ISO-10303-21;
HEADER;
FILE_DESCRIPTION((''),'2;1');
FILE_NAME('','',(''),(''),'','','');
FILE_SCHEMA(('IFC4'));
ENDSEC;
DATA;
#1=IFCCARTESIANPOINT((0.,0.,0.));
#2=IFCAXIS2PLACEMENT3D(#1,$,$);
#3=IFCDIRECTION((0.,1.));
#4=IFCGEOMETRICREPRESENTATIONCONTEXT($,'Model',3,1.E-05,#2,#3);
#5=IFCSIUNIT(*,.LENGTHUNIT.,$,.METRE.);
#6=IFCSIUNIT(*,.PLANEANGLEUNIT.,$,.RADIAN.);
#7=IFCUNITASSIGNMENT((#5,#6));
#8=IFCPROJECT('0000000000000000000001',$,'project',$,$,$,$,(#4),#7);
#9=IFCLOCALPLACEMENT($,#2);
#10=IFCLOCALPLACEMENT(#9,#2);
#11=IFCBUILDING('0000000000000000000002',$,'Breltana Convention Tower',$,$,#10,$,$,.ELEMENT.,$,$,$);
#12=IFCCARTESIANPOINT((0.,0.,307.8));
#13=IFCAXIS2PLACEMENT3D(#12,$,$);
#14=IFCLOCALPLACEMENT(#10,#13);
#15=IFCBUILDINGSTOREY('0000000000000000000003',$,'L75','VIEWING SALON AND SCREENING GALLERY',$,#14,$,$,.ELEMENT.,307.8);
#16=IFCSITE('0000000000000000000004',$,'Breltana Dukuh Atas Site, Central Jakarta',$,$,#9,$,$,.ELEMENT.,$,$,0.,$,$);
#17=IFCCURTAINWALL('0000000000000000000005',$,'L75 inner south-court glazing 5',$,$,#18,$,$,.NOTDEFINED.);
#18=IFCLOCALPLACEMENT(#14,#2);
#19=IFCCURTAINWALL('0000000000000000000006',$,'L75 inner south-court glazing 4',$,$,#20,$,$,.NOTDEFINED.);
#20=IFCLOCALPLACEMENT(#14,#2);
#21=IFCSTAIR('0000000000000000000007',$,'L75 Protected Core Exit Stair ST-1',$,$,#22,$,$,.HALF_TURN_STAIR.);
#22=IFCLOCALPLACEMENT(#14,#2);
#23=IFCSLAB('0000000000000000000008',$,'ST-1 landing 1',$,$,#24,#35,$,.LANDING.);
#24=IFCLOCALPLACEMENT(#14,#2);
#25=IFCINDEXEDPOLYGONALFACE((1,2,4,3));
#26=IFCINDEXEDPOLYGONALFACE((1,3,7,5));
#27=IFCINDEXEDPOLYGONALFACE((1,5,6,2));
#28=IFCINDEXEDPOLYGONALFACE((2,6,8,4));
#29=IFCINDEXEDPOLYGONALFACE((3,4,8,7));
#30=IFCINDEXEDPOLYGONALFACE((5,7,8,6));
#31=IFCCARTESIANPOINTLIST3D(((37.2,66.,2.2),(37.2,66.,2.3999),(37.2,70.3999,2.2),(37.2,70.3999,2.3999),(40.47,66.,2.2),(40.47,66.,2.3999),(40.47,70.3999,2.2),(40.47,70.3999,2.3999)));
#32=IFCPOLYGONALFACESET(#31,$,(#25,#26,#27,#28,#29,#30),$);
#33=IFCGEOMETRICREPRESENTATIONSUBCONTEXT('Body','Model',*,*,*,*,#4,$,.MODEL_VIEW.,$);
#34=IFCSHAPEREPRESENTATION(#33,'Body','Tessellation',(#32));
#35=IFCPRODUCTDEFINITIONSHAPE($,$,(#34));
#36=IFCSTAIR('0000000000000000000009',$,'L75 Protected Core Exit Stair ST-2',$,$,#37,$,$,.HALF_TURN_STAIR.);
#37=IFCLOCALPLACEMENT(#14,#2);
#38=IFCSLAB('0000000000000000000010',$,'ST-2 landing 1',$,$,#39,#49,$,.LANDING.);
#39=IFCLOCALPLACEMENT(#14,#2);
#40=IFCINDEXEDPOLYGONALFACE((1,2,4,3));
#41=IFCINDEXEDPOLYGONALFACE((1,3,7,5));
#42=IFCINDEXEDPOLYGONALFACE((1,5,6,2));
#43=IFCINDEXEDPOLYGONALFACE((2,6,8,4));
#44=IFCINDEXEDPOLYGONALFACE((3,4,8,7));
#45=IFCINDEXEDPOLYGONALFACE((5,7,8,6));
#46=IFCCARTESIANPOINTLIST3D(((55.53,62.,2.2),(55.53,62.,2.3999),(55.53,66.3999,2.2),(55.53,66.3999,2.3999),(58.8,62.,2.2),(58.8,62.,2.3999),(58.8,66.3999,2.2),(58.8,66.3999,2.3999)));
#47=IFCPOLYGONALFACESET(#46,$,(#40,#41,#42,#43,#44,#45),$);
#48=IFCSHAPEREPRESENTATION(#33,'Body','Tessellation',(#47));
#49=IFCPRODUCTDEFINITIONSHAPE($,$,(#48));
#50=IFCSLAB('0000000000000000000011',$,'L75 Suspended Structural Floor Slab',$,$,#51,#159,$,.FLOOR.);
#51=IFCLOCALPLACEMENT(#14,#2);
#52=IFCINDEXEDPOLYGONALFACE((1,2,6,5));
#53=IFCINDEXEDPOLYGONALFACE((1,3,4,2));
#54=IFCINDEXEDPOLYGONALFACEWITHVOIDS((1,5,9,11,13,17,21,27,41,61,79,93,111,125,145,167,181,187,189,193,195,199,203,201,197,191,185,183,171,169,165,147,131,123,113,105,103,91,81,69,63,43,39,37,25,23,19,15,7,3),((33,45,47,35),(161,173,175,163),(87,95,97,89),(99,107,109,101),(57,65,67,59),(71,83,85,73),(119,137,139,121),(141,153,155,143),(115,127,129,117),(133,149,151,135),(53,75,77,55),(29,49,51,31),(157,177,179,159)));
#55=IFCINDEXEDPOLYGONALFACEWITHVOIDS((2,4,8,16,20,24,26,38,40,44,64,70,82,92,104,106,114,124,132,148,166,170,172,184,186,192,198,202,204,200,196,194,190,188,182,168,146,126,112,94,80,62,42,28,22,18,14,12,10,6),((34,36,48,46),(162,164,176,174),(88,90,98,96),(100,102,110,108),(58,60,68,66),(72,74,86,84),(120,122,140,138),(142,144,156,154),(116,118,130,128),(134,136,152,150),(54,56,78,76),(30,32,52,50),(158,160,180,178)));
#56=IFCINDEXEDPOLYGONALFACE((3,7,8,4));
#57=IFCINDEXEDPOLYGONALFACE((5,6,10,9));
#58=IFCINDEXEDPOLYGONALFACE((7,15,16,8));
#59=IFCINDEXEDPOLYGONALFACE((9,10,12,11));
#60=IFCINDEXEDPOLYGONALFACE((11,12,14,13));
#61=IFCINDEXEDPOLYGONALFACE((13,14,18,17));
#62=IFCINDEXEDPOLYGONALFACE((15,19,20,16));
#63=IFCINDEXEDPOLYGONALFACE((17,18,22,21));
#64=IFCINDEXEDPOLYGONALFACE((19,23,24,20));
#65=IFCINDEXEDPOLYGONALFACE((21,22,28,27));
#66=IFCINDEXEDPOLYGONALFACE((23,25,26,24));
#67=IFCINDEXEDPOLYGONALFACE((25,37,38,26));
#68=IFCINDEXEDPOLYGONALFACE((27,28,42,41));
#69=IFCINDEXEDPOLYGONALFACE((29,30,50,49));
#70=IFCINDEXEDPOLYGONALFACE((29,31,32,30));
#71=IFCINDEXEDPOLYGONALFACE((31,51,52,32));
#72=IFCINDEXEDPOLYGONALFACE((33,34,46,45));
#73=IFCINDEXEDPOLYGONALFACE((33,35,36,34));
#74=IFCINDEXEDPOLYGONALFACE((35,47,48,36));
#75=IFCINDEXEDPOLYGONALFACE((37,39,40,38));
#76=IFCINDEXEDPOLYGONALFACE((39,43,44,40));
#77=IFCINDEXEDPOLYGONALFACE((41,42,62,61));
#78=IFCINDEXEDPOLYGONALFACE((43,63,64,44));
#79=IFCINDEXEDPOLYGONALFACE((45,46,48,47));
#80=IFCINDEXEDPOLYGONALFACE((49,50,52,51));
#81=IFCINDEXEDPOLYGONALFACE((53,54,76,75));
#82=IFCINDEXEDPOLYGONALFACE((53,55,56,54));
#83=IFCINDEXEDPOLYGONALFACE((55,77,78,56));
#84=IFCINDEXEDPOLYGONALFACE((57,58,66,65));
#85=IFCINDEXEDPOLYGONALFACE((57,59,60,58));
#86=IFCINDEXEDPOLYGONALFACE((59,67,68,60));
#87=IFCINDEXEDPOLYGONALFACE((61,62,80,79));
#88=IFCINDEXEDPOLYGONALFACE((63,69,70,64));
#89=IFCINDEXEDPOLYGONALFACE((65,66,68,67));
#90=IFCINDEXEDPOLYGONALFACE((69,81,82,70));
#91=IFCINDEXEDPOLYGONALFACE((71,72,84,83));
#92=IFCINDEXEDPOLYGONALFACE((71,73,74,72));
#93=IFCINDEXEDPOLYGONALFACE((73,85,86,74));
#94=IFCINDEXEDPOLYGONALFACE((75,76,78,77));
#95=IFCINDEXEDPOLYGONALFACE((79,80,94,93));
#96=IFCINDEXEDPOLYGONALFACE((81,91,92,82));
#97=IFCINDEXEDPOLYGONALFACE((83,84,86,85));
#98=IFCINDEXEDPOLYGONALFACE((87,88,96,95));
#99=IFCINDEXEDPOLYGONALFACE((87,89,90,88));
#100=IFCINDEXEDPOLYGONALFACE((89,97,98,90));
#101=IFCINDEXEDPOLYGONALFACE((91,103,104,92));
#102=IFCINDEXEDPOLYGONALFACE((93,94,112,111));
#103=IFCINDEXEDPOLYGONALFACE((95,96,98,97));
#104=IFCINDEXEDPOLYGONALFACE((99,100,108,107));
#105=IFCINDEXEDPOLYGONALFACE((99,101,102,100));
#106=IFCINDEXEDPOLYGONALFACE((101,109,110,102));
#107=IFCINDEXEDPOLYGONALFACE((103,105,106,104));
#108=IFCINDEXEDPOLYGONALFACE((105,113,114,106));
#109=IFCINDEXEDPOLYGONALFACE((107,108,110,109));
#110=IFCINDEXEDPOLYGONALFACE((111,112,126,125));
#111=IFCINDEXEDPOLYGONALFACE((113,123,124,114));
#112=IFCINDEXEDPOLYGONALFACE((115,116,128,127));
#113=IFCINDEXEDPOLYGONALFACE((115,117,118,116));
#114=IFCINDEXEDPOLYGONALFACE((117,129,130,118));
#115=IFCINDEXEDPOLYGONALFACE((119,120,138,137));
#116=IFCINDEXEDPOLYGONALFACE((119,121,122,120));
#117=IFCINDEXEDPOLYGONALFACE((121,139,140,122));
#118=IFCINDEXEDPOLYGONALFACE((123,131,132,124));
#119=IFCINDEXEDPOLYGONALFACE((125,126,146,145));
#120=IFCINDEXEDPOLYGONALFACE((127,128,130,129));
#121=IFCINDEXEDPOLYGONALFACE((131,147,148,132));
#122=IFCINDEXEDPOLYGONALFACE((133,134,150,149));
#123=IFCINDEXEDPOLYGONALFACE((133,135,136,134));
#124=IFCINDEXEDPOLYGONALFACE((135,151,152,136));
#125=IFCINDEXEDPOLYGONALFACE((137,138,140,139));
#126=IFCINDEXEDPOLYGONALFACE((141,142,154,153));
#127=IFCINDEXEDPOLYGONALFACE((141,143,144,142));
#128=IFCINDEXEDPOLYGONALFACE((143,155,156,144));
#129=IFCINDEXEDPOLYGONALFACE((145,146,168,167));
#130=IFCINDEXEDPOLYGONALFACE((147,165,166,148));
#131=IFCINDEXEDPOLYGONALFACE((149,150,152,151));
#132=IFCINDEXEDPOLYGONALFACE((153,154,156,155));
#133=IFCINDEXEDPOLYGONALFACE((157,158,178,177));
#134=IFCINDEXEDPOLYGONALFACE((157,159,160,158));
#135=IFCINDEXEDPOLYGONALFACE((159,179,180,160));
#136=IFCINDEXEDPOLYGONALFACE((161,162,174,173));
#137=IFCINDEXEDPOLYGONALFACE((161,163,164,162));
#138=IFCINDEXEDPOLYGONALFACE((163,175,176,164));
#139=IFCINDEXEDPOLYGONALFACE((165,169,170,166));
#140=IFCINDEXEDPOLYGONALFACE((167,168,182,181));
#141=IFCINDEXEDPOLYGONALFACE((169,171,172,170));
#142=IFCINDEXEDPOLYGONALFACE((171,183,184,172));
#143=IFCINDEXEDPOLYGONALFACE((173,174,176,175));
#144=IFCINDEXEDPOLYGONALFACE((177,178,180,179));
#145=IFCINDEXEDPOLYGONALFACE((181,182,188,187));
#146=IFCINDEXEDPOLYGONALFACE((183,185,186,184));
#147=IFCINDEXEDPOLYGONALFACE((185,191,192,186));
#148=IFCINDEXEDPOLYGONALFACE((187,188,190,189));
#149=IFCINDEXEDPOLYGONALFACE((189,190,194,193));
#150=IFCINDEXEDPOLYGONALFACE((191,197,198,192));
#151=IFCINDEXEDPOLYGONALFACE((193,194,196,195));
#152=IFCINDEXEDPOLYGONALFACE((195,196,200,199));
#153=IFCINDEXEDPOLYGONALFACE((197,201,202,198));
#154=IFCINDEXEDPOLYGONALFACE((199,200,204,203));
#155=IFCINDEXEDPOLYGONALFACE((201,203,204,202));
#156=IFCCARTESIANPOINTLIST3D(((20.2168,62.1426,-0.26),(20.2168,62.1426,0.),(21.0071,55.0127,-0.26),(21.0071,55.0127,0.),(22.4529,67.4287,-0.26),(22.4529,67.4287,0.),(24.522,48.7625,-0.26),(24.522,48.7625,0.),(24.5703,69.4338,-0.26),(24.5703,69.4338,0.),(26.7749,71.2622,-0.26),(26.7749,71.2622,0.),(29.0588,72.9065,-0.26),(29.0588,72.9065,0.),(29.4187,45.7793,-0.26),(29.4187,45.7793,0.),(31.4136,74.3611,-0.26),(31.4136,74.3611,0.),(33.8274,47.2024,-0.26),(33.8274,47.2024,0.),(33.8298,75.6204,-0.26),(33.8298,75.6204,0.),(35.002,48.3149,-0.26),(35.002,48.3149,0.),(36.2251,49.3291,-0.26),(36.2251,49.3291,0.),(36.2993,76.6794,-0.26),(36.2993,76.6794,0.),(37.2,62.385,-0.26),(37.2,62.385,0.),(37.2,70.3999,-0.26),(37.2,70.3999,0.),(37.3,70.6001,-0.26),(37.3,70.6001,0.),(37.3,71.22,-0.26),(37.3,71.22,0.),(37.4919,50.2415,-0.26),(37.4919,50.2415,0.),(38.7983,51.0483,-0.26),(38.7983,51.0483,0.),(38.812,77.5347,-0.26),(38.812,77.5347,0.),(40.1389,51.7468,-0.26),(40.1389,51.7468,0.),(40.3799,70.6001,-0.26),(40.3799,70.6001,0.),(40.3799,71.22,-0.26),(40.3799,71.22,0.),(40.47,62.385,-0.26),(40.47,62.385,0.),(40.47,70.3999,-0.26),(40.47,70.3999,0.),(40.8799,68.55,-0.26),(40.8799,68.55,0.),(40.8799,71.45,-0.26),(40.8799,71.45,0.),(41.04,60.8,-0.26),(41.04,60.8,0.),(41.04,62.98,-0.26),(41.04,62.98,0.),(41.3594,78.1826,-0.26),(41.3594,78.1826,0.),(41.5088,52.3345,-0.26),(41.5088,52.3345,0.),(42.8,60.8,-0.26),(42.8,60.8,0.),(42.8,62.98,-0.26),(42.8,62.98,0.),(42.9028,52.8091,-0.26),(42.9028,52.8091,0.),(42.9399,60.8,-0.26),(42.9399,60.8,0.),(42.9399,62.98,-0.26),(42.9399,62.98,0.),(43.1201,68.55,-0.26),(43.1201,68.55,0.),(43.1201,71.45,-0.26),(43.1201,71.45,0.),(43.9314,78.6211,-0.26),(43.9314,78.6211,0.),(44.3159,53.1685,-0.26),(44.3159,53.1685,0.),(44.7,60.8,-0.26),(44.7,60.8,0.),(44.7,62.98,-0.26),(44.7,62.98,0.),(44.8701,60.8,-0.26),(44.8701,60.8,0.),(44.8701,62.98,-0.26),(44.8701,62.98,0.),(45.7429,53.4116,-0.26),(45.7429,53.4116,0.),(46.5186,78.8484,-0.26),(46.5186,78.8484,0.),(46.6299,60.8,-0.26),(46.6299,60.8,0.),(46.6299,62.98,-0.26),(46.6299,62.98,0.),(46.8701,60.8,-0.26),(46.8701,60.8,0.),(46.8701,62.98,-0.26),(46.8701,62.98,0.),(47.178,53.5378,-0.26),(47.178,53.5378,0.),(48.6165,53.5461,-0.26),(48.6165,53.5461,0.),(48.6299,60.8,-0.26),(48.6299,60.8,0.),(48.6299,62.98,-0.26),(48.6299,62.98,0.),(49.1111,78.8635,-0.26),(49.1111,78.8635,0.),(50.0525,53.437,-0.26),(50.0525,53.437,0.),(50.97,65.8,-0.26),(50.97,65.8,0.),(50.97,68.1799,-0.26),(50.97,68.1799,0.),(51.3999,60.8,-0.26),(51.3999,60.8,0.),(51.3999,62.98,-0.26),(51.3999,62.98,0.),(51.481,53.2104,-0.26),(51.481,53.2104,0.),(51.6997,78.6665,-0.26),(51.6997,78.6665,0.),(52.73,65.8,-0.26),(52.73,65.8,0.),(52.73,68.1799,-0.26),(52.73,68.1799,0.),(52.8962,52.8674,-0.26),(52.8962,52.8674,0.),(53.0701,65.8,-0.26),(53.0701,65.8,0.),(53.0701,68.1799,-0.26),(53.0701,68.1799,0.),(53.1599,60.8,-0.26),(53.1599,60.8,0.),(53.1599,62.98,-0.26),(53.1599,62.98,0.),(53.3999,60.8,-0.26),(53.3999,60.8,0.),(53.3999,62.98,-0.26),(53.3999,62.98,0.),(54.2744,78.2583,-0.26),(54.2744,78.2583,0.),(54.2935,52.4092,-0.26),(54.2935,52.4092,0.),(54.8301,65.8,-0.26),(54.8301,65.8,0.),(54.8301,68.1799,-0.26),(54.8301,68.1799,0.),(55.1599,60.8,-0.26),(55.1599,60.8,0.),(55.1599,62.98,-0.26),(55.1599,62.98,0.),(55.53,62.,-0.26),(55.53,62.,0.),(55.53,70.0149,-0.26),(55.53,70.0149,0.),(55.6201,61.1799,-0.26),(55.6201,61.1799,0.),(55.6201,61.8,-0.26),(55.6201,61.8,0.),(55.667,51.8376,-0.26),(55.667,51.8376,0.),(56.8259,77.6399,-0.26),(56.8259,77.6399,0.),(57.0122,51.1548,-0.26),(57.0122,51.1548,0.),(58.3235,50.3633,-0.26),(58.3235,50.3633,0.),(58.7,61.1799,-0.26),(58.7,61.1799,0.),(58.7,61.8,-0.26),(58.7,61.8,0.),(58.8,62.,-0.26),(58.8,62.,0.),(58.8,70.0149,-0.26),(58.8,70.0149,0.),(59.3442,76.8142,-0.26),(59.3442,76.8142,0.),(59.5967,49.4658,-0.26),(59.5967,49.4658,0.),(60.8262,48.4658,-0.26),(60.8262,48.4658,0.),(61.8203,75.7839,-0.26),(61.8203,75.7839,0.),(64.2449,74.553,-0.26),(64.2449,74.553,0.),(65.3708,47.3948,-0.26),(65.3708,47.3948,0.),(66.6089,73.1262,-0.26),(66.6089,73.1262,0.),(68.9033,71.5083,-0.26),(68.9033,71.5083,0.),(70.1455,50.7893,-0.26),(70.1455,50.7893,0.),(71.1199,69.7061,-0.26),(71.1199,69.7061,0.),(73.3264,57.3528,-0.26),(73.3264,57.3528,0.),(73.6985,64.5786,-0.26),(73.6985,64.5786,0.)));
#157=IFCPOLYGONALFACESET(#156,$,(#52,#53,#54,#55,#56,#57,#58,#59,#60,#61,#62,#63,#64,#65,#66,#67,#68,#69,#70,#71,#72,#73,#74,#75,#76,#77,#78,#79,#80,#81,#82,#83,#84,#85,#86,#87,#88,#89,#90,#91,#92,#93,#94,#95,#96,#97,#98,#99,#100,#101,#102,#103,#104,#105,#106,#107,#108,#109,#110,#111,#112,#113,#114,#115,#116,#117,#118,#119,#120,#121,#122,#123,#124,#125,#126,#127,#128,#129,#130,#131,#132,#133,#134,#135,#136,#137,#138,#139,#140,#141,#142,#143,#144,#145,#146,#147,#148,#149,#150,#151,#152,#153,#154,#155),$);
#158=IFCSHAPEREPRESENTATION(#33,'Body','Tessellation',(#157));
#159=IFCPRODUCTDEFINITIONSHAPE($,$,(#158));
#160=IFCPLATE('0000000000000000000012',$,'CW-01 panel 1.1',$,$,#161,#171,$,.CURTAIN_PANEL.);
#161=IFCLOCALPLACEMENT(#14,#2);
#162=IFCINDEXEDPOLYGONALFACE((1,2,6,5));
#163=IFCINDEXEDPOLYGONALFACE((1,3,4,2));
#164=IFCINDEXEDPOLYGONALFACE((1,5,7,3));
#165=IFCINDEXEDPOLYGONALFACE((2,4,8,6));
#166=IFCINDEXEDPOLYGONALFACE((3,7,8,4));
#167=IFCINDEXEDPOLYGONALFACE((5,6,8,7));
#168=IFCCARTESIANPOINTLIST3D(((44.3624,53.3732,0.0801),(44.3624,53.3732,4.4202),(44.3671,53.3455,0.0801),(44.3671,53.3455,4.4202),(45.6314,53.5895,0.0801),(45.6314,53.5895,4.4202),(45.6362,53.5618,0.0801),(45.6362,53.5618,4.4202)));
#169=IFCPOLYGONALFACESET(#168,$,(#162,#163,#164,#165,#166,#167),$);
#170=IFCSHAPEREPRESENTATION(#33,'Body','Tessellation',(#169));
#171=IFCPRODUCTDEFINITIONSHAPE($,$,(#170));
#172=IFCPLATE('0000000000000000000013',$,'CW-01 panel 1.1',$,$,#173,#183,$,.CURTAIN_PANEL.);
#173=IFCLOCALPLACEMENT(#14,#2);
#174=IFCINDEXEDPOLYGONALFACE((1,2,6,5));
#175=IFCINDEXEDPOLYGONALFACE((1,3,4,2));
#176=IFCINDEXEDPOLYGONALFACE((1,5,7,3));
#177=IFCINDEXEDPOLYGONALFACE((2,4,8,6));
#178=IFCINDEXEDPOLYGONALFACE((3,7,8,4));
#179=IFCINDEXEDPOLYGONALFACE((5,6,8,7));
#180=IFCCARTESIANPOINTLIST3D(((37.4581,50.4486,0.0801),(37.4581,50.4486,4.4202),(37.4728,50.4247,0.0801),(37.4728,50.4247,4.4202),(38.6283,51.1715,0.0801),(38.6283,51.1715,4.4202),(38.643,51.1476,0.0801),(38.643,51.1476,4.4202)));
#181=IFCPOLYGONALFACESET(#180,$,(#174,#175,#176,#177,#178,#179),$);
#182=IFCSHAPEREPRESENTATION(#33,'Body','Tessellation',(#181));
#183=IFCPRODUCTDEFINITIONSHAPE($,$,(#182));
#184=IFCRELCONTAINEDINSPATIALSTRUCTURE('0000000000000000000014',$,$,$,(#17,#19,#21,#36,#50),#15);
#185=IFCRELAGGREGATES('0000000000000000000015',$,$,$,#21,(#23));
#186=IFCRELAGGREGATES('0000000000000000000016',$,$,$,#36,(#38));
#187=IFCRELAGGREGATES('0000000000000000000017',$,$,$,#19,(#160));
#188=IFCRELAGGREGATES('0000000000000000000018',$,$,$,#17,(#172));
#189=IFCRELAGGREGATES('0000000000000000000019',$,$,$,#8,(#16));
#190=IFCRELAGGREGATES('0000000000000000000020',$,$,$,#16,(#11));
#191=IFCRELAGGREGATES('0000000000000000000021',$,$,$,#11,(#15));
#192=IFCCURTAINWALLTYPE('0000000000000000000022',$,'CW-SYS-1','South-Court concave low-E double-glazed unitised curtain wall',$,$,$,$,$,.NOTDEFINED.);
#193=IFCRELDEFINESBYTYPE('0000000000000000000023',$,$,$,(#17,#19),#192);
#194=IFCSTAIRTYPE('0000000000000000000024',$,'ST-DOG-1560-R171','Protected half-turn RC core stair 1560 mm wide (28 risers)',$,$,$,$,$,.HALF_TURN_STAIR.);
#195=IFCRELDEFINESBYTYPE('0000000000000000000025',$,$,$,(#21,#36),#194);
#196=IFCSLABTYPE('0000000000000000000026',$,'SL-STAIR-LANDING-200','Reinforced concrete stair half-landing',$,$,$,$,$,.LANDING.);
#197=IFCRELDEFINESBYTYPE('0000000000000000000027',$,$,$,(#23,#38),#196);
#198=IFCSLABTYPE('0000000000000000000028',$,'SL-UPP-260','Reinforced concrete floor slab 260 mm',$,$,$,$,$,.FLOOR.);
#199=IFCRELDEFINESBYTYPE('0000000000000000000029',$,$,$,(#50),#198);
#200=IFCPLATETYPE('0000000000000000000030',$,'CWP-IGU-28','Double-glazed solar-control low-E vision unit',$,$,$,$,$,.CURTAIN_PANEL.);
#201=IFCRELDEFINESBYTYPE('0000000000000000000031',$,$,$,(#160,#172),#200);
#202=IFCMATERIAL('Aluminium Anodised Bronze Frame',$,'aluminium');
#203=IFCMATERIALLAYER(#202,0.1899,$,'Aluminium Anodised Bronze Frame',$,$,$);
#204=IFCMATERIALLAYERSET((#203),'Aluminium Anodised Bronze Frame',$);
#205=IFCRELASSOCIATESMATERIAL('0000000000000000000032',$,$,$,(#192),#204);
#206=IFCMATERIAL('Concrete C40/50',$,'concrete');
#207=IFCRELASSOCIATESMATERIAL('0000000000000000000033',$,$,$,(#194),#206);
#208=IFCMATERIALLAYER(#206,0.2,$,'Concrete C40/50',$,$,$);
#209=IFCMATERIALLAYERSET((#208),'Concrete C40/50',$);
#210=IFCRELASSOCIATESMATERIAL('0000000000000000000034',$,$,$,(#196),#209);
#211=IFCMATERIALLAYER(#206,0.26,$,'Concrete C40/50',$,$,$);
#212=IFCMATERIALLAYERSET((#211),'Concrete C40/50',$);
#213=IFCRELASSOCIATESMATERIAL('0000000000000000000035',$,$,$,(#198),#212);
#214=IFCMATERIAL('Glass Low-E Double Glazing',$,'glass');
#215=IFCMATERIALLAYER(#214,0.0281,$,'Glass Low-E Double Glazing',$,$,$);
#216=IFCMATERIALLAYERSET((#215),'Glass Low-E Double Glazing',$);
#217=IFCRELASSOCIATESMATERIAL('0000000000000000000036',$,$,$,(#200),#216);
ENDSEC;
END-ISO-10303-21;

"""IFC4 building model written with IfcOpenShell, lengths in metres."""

from ifc_helpers import new_model, si_unit, direction, frame, origin, origin_2d, place, context, subcontext, project, spatial, polyline, rectangle, outline, extrude, source, transform, mapped, material, layer, layer_set, type_object, element, aggregate, save


model = new_model("IFC4")

# Units and contexts
model_context = context("Model", 3, precision=1e-05, world=origin(), true_north=direction((0.0, 1.0)))
body_context = subcontext(model_context, "Body", "Model", "MODEL_VIEW")
ifc_project = project(units=[si_unit("LENGTHUNIT", "METRE"), si_unit("PLANEANGLEUNIT", "RADIAN")], contexts=[model_context])

# Site, building, storey
site_placement = place(None, origin())
site = spatial("IfcSite", under=ifc_project, at=site_placement, Name="Breltana Dukuh Atas Site, Central Jakarta", CompositionType="ELEMENT", RefElevation=0.0)
building_placement = place(site_placement, origin())
building = spatial("IfcBuilding", under=site, at=building_placement, Name="Breltana Convention Tower", CompositionType="ELEMENT")
storey_placement = place(building_placement, frame((0.0, 0.0, 307.8)))
storey = spatial("IfcBuildingStorey", under=building, at=storey_placement, Name="L75", Description="VIEWING SALON AND SCREENING GALLERY", CompositionType="ELEMENT", Elevation=307.8)

# Curtain wall
ifc_material_1 = material(Name="Aluminium Anodised Bronze Frame", Category="aluminium")
ifc_layer_1 = layer(ifc_material_1, 0.1899, Name="Aluminium Anodised Bronze Frame")
ifc_layer_set_1 = layer_set([ifc_layer_1], Name="Aluminium Anodised Bronze Frame")
curtain_wall_type = type_object("IfcCurtainWallType", Name="CW-SYS-1", Description="South-Court concave low-E double-glazed unitised curtain wall", PredefinedType="NOTDEFINED", material=ifc_layer_set_1)
curtain_wall_1_placement = place(storey_placement, origin())
curtain_wall_1 = element("IfcCurtainWall", 1, at=curtain_wall_1_placement, inside=storey, type_object=curtain_wall_type, Name="L75 inner south-court glazing 5", PredefinedType="NOTDEFINED")

# Curtain wall
curtain_wall_2_placement = place(storey_placement, origin())
curtain_wall_2 = element("IfcCurtainWall", 2, at=curtain_wall_2_placement, inside=storey, type_object=curtain_wall_type, Name="L75 inner south-court glazing 4", PredefinedType="NOTDEFINED")

# Stairs, slabs
ifc_material_2 = material(Name="Concrete C40/50", Category="concrete")
stair_type = type_object("IfcStairType", Name="ST-DOG-1560-R171", Description="Protected half-turn RC core stair 1560 mm wide (28 risers)", PredefinedType="HALF_TURN_STAIR", material=ifc_material_2)
stair_1_placement = place(storey_placement, origin())
stair_1 = element("IfcStair", 3, at=stair_1_placement, inside=storey, type_object=stair_type, Name="L75 Protected Core Exit Stair ST-1", PredefinedType="HALF_TURN_STAIR")
ifc_layer_2 = layer(ifc_material_2, 0.2, Name="Concrete C40/50")
ifc_layer_set_2 = layer_set([ifc_layer_2], Name="Concrete C40/50")
slab_type_1 = type_object("IfcSlabType", Name="SL-STAIR-LANDING-200", Description="Reinforced concrete stair half-landing", PredefinedType="LANDING", material=ifc_layer_set_2)
slab_1_placement = place(storey_placement, frame((0.0, 0.0, 2.2)))
slab_1 = element("IfcSlab", 4, at=slab_1_placement, type_object=slab_type_1, Name="ST-1 landing 1", PredefinedType="LANDING", context=body_context, shape_type="SweptSolid", body=[
    extrude(outline(polyline([(40.47, 66.0), (40.47, 70.3999), (37.2, 70.3999), (37.2, 66.0), (40.47, 66.0)])), origin(), (0.0, 0.0, 1.0), 0.2),
])
aggregate(stair_1, [slab_1])
stair_2_placement = place(storey_placement, origin())
stair_2 = element("IfcStair", 5, at=stair_2_placement, inside=storey, type_object=stair_type, Name="L75 Protected Core Exit Stair ST-2", PredefinedType="HALF_TURN_STAIR")
slab_2_placement = place(storey_placement, frame((0.0, 0.0, 2.2)))
slab_2 = element("IfcSlab", 6, at=slab_2_placement, type_object=slab_type_1, Name="ST-2 landing 1", PredefinedType="LANDING", context=body_context, shape_type="SweptSolid", body=[
    extrude(outline(polyline([(55.53, 66.3999), (55.53, 62.0), (58.8, 62.0), (58.8, 66.3999), (55.53, 66.3999)])), origin(), (0.0, 0.0, 1.0), 0.2),
])
aggregate(stair_2, [slab_2])

# Slab
ifc_layer_3 = layer(ifc_material_2, 0.26, Name="Concrete C40/50")
ifc_layer_set_3 = layer_set([ifc_layer_3], Name="Concrete C40/50")
slab_type_2 = type_object("IfcSlabType", Name="SL-UPP-260", Description="Reinforced concrete floor slab 260 mm", PredefinedType="FLOOR", material=ifc_layer_set_3)
slab_3_placement = place(storey_placement, frame((0.0, 0.0, -0.26)))
element("IfcSlab", 7, at=slab_3_placement, inside=storey, type_object=slab_type_2, Name="L75 Suspended Structural Floor Slab", PredefinedType="FLOOR", context=body_context, shape_type="SweptSolid", body=[
    extrude(outline(polyline([(71.1199, 69.7061), (68.9033, 71.5083), (66.6089, 73.1262), (64.2449, 74.553), (61.8203, 75.7839), (59.3442, 76.8142), (56.8259, 77.6399), (54.2744, 78.2583), (51.6997, 78.6665), (49.1111, 78.8635), (46.5186, 78.8484), (43.9314, 78.6211), (41.3594, 78.1826), (38.812, 77.5347), (36.2993, 76.6794), (33.8298, 75.6204), (31.4136, 74.3611), (29.0588, 72.9065), (26.7749, 71.2622), (24.5703, 69.4338), (22.4529, 67.4287), (20.2168, 62.1426), (21.0071, 55.0127), (24.522, 48.7625), (29.4187, 45.7793), (33.8274, 47.2024), (35.002, 48.3149), (36.2251, 49.3291), (37.4919, 50.2415), (38.7983, 51.0483), (40.1389, 51.7468), (41.5088, 52.3345), (42.9028, 52.8091), (44.3159, 53.1685), (45.7429, 53.4116), (47.178, 53.5378), (48.6165, 53.5461), (50.0525, 53.437), (51.481, 53.2104), (52.8962, 52.8674), (54.2935, 52.4092), (55.667, 51.8376), (57.0122, 51.1548), (58.3235, 50.3633), (59.5967, 49.4658), (60.8262, 48.4658), (65.3708, 47.3948), (70.1455, 50.7893), (73.3264, 57.3528), (73.6985, 64.5786), (71.1199, 69.7061)]), holes=[polyline([(37.2, 62.385), (40.47, 62.385), (40.47, 70.3999), (37.2, 70.3999), (37.2, 62.385)]), polyline([(55.53, 62.0), (58.8, 62.0), (58.8, 70.0149), (55.53, 70.0149), (55.53, 62.0)]), polyline([(41.04, 60.8), (42.8, 60.8), (42.8, 62.98), (41.04, 62.98), (41.04, 60.8)]), polyline([(42.9399, 60.8), (44.7, 60.8), (44.7, 62.98), (42.9399, 62.98), (42.9399, 60.8)]), polyline([(44.8701, 60.8), (46.6299, 60.8), (46.6299, 62.98), (44.8701, 62.98), (44.8701, 60.8)]), polyline([(46.8701, 60.8), (48.6299, 60.8), (48.6299, 62.98), (46.8701, 62.98), (46.8701, 60.8)]), polyline([(51.3999, 60.8), (53.1599, 60.8), (53.1599, 62.98), (51.3999, 62.98), (51.3999, 60.8)]), polyline([(53.3999, 60.8), (55.1599, 60.8), (55.1599, 62.98), (53.3999, 62.98), (53.3999, 60.8)]), polyline([(50.97, 65.8), (52.73, 65.8), (52.73, 68.1799), (50.97, 68.1799), (50.97, 65.8)]), polyline([(53.0701, 65.8), (54.8301, 65.8), (54.8301, 68.1799), (53.0701, 68.1799), (53.0701, 65.8)]), polyline([(40.8799, 68.55), (43.1201, 68.55), (43.1201, 71.45), (40.8799, 71.45), (40.8799, 68.55)]), polyline([(37.3, 70.6001), (40.3799, 70.6001), (40.3799, 71.22), (37.3, 71.22), (37.3, 70.6001)]), polyline([(55.6201, 61.1799), (58.7, 61.1799), (58.7, 61.8), (55.6201, 61.8), (55.6201, 61.1799)])]), origin(), (0.0, 0.0, 1.0), 0.26),
])

# Plates
ifc_material_3 = material(Name="Glass Low-E Double Glazing", Category="glass")
ifc_layer_4 = layer(ifc_material_3, 0.0281, Name="Glass Low-E Double Glazing")
ifc_layer_set_4 = layer_set([ifc_layer_4], Name="Glass Low-E Double Glazing")
plate_type = type_object("IfcPlateType", Name="CWP-IGU-28", Description="Double-glazed solar-control low-E vision unit", PredefinedType="CURTAIN_PANEL", material=ifc_layer_set_4)
shared_shape_1 = source(origin(), body_context, "Body", "SweptSolid", [
    extrude(rectangle(XDim=1.2874, YDim=0.0281, at=origin_2d()), origin(), (0.0, 0.0, 1.0), 4.3401),
])
plate_1_placement = place(storey_placement, frame((44.9993, 53.4675, 0.0801), z_axis=(0.0, 0.0, 1.0), x_axis=(-0.985782, -0.168028, 0.0)))
plate_1 = element("IfcPlate", 8, at=plate_1_placement, type_object=plate_type, Name="CW-01 panel 1.1", PredefinedType="CURTAIN_PANEL", context=body_context, shape_type="MappedRepresentation", body=[
    mapped(shared_shape_1, transform((0.0, 0.0, 0.0), scale=1.0)),
])
aggregate(curtain_wall_2, [plate_1])
shared_shape_2 = source(origin(), body_context, "Body", "SweptSolid", [
    extrude(rectangle(XDim=1.3755, YDim=0.0281, at=origin_2d()), origin(), (0.0, 0.0, 1.0), 4.3401),
])
plate_2_placement = place(storey_placement, frame((38.0505, 50.7981, 0.0801), z_axis=(0.0, 0.0, 1.0), x_axis=(-0.850749, -0.525572, 0.0)))
plate_2 = element("IfcPlate", 9, at=plate_2_placement, type_object=plate_type, Name="CW-01 panel 1.1", PredefinedType="CURTAIN_PANEL", context=body_context, shape_type="MappedRepresentation", body=[
    mapped(shared_shape_2, transform((0.0, 0.0, 0.0), scale=1.0)),
])
aggregate(curtain_wall_1, [plate_2])

save(model, "model.ifc")
